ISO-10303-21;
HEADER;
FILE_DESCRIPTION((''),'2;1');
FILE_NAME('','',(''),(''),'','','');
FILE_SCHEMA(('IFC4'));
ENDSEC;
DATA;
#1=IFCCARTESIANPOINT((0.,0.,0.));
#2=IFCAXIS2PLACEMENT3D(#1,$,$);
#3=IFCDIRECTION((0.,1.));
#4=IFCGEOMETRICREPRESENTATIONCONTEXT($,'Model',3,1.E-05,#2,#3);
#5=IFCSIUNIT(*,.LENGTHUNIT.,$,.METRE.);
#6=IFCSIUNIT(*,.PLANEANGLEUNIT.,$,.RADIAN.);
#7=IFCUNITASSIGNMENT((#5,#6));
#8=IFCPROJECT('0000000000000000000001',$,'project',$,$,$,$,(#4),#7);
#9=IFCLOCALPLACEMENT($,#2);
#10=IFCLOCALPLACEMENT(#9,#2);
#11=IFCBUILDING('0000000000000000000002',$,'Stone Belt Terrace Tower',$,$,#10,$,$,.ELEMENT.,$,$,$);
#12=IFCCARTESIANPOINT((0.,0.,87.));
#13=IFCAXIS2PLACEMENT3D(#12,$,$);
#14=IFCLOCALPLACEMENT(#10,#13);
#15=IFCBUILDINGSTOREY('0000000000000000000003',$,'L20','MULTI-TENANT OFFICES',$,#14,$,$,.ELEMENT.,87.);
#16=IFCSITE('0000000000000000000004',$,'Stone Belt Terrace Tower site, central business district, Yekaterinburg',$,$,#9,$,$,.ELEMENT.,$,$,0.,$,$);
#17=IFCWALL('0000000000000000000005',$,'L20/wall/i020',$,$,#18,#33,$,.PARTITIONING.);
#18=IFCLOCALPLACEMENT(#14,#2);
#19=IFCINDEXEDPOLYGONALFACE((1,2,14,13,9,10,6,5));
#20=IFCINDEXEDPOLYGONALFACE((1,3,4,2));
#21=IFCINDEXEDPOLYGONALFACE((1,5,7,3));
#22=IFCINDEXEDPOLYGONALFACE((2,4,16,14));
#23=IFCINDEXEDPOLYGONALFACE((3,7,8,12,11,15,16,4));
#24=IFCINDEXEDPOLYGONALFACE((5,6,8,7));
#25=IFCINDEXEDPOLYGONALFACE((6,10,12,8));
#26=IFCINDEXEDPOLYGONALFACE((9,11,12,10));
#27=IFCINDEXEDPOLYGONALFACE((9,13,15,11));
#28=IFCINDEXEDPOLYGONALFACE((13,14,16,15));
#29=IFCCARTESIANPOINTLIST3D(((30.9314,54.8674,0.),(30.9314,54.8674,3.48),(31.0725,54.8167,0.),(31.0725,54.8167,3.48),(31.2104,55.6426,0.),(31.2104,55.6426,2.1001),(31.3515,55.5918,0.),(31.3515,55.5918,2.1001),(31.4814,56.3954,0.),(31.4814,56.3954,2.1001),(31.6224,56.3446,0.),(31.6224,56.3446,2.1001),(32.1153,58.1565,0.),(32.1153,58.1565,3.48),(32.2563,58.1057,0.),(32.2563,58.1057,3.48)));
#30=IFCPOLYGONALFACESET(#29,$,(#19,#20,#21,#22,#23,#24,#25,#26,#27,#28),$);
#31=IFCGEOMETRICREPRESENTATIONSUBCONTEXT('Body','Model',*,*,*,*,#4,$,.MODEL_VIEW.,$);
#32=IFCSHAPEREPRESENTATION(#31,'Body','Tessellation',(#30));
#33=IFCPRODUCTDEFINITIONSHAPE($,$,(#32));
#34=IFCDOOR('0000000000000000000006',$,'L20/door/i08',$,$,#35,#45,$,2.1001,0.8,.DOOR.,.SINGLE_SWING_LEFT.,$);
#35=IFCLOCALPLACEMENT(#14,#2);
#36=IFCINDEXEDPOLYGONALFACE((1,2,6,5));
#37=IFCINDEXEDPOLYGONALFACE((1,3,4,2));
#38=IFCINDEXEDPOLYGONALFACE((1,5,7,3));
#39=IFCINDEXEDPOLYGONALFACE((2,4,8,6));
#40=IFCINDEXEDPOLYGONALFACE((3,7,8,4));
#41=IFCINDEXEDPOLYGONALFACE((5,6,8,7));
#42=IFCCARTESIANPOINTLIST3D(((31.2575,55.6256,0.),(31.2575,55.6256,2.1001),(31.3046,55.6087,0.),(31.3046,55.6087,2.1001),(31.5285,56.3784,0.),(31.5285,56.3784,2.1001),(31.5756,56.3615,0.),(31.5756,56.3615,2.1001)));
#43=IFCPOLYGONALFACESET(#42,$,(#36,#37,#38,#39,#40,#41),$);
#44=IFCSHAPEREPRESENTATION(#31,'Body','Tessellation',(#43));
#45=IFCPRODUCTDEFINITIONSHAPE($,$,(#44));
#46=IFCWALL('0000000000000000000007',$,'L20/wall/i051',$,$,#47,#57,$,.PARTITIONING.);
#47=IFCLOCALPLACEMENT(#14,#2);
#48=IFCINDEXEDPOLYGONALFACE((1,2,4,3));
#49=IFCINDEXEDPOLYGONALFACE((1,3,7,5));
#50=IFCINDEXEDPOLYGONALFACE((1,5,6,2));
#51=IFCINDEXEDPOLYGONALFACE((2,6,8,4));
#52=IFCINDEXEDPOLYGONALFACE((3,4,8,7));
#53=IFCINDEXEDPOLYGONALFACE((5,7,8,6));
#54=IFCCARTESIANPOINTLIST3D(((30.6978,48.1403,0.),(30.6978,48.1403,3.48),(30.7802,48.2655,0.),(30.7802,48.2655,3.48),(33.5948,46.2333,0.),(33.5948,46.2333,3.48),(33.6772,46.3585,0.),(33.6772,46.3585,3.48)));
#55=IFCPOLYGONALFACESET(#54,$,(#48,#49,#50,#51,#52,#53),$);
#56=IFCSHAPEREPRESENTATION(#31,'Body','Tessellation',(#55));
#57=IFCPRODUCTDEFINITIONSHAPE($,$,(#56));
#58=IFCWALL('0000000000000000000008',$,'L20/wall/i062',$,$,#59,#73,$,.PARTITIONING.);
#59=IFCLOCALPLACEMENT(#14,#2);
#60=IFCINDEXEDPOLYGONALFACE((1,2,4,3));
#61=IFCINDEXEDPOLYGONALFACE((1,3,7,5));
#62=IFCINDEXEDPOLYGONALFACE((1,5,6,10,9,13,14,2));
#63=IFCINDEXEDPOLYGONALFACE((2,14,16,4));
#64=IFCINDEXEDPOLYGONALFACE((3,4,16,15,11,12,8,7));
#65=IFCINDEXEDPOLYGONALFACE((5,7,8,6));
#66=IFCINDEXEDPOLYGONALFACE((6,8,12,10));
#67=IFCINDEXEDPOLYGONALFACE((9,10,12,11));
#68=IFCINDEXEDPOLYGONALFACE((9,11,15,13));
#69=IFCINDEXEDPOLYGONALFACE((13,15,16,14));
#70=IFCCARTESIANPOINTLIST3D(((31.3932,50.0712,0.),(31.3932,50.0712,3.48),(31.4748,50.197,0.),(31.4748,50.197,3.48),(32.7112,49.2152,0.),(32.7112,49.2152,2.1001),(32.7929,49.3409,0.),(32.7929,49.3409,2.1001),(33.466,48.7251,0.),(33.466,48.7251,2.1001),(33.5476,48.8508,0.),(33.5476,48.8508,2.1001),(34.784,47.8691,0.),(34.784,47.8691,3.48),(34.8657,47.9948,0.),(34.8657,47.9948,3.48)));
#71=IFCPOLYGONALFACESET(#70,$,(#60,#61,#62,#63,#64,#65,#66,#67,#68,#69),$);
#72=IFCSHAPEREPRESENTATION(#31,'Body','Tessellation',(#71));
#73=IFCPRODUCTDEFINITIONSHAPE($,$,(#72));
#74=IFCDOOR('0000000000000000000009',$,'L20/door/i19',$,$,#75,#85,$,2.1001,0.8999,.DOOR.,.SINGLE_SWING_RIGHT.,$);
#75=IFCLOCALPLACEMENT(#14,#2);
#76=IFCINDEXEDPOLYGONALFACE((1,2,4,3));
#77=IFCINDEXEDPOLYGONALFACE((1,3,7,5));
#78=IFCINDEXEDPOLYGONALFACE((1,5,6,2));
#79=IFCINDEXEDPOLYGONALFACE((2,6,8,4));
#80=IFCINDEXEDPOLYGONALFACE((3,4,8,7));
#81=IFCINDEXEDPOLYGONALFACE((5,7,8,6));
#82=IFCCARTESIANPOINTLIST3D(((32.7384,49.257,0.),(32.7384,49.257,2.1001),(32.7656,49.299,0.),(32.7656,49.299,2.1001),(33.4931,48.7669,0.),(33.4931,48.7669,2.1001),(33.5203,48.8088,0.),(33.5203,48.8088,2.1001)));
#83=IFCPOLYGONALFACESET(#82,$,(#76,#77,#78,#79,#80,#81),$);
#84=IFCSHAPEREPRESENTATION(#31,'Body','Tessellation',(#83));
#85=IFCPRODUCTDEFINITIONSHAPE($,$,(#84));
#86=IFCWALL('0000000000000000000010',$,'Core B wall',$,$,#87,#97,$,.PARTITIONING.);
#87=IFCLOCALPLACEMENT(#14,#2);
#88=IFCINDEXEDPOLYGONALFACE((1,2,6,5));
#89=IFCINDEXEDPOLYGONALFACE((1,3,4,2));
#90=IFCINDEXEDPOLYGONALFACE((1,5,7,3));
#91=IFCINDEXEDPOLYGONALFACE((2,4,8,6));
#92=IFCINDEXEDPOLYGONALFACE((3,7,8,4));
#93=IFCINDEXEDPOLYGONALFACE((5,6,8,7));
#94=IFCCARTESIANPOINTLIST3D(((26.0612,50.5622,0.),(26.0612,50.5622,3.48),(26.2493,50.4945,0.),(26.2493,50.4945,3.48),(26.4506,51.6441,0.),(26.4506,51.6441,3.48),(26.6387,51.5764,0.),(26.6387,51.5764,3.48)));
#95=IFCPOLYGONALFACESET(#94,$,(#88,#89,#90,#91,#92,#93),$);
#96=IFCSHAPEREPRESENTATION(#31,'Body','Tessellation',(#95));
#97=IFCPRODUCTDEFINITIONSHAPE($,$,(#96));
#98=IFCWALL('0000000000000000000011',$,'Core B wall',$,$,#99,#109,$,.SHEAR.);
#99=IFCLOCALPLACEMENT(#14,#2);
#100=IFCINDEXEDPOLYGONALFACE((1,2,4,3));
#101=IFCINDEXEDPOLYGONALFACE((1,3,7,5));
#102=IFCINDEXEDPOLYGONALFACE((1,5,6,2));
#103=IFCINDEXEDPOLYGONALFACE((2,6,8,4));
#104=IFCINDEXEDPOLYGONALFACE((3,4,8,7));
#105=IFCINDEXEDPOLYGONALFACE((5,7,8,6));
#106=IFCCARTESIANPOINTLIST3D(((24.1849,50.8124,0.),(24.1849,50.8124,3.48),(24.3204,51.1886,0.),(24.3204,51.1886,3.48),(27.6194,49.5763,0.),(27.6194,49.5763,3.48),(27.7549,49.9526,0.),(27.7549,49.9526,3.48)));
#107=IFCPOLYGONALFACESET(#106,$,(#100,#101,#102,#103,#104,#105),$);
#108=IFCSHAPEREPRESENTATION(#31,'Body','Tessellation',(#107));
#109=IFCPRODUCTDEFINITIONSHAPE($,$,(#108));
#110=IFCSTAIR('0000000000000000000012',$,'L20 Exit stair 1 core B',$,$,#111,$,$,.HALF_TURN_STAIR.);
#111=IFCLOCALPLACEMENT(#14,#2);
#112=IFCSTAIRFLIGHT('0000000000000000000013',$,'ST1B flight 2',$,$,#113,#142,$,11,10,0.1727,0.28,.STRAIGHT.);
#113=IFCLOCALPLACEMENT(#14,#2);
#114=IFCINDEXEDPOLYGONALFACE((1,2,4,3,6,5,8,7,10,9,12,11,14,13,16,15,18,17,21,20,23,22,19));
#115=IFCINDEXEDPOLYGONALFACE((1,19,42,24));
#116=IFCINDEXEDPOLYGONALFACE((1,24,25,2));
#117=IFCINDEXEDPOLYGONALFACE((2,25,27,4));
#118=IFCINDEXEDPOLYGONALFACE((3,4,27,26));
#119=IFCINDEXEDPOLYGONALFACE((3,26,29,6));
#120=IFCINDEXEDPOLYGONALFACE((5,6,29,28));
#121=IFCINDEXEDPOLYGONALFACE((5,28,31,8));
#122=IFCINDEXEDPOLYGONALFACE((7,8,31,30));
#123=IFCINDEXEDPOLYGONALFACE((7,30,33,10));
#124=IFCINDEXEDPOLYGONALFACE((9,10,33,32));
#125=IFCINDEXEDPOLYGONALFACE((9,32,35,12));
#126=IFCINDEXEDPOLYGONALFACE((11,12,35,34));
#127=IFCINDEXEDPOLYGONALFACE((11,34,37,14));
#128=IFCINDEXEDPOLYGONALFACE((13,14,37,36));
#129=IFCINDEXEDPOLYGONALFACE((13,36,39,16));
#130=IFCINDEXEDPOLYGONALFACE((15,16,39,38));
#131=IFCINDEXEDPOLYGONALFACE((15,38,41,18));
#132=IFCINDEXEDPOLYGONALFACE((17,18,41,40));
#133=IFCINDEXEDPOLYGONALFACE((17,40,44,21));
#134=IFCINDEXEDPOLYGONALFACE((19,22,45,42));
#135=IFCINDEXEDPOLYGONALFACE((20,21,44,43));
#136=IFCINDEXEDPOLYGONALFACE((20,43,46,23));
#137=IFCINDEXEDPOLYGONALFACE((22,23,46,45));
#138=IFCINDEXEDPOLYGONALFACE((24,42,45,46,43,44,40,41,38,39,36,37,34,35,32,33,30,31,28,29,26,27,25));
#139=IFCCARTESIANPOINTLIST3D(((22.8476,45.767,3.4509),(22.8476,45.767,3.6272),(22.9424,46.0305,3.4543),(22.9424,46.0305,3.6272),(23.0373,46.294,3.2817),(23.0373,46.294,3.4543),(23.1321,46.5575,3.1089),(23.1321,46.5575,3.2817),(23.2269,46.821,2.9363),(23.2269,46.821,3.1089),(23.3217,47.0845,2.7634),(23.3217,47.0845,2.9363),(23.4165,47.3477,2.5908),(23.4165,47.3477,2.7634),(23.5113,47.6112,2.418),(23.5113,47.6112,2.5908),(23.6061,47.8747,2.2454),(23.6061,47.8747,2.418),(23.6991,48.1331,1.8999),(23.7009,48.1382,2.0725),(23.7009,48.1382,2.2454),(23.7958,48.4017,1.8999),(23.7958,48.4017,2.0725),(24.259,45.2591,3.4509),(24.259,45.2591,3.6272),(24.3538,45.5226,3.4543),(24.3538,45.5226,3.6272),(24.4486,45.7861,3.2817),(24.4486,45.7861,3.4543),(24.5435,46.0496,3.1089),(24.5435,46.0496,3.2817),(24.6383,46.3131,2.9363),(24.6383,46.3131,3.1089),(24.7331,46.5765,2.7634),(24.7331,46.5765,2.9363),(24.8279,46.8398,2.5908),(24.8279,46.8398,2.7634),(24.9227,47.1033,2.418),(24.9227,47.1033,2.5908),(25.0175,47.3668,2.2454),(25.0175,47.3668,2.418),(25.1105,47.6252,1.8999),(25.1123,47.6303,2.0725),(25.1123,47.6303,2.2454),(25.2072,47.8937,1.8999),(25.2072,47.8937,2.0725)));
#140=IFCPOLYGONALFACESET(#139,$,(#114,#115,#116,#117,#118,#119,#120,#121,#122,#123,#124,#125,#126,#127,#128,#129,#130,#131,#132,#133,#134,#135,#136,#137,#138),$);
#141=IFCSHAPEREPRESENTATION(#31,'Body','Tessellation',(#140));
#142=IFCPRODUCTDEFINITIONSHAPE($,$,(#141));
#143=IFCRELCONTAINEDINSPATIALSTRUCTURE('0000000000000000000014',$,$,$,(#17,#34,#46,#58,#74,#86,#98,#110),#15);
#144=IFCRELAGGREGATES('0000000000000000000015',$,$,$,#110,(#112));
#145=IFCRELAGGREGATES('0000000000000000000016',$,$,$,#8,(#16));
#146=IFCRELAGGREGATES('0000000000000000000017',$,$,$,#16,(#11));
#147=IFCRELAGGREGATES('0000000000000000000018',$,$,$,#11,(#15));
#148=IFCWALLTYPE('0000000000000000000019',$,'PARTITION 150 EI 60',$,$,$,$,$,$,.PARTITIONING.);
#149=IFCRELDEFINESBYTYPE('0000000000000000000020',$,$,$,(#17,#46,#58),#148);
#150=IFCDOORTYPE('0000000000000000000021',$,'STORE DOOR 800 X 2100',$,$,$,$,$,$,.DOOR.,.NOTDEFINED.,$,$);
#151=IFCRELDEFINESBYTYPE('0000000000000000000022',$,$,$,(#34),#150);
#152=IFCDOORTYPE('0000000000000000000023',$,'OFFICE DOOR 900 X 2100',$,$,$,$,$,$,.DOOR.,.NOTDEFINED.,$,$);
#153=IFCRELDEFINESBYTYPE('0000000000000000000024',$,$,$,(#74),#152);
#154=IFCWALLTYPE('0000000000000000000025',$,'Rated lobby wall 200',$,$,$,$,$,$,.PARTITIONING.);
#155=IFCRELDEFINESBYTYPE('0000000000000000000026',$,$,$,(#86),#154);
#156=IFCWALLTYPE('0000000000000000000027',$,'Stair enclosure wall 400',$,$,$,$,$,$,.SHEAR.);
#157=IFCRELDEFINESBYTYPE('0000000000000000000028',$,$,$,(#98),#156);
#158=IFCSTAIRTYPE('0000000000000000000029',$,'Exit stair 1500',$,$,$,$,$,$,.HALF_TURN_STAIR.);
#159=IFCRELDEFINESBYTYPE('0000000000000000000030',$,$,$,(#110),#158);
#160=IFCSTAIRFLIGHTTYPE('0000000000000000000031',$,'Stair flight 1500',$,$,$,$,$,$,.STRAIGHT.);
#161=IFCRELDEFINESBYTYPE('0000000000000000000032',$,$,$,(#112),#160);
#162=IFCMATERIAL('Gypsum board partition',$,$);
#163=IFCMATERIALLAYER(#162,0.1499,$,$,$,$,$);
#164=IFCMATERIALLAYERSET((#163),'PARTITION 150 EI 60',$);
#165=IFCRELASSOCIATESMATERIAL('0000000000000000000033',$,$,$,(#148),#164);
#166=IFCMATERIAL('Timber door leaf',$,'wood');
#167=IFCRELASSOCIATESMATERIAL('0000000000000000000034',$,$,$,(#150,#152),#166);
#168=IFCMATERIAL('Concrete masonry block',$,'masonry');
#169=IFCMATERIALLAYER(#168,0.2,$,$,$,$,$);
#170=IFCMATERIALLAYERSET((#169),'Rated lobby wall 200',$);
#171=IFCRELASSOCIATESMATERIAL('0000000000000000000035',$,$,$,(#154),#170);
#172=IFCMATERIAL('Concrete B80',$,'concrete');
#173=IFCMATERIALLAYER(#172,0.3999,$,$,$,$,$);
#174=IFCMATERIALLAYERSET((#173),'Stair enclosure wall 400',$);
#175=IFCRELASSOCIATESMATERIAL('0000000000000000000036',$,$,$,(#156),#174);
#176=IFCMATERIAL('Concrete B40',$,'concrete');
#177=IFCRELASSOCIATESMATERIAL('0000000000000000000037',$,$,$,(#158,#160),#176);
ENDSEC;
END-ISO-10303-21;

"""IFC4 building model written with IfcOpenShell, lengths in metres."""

from ifc_helpers import new_model, si_unit, direction, frame, frame_2d, origin, place, context, subcontext, project, spatial, polyline, rectangle, outline, extrude, material, layer, layer_set, type_object, element, fill, aggregate, save


model = new_model("IFC4")

# Units and contexts
model_context = context("Model", 3, precision=1e-05, world=origin(), true_north=direction((0.0, 1.0)))
body_context = subcontext(model_context, "Body", "Model", "MODEL_VIEW")
ifc_project = project(units=[si_unit("LENGTHUNIT", "METRE"), si_unit("PLANEANGLEUNIT", "RADIAN")], contexts=[model_context])

# Site, building, storey
site_placement = place(None, origin())
site = spatial("IfcSite", under=ifc_project, at=site_placement, Name="Stone Belt Terrace Tower site, central business district, Yekaterinburg", CompositionType="ELEMENT", RefElevation=0.0)
building_placement = place(site_placement, origin())
building = spatial("IfcBuilding", under=site, at=building_placement, Name="Stone Belt Terrace Tower", CompositionType="ELEMENT")
storey_placement = place(building_placement, frame((0.0, 0.0, 87.0)))
storey = spatial("IfcBuildingStorey", under=building, at=storey_placement, Name="L20", Description="MULTI-TENANT OFFICES", CompositionType="ELEMENT", Elevation=87.0)

# Shared definitions
ifc_material_1 = material(Name="Timber door leaf", Category="wood")

# Shared definitions
ifc_material_2 = material(Name="Concrete B80", Category="concrete")

# Wall, opening, door
ifc_material_3 = material(Name="Gypsum board partition")
ifc_layer_1 = layer(ifc_material_3, 0.1499)
ifc_layer_set_1 = layer_set([ifc_layer_1], Name="PARTITION 150 EI 60")
wall_type_1 = type_object("IfcWallType", Name="PARTITION 150 EI 60", PredefinedType="PARTITIONING", material=ifc_layer_set_1)
wall_1_placement = place(storey_placement, frame((31.002, 54.842, 0.0), z_axis=(0.0, 0.0, 1.0), x_axis=(0.338663, 0.940908, 0.0)))
wall_1 = element("IfcWall", 1, at=wall_1_placement, inside=storey, type_object=wall_type_1, Name="L20/wall/i020", PredefinedType="PARTITIONING", context=body_context, shape_type="SweptSolid", body=[
    extrude(rectangle(XDim=3.4956, YDim=0.1499, at=frame_2d((1.7478, 0.0))), origin(), (0.0, 0.0, 1.0), 3.48),
])
opening_1_placement = place(wall_1_placement, frame((0.824, 0.0, 0.0)))
opening_1 = element("IfcOpeningElement", 2, at=opening_1_placement, cuts=wall_1, PredefinedType="OPENING", context=body_context, shape_type="SweptSolid", body=[
    extrude(rectangle(XDim=0.8, YDim=2.1001, at=frame_2d((0.3999, 1.05))), frame((0.0, 0.085, 0.0), z_axis=(0.0, -1.0, 0.0), x_axis=(1.0, 0.0, 0.0)), (0.0, 0.0, 1.0), 0.1699),
])
door_type_1 = type_object("IfcDoorType", Name="STORE DOOR 800 X 2100", OperationType="NOTDEFINED", PredefinedType="DOOR", material=ifc_material_1)
door_1_placement = place(opening_1_placement, origin())
door_1 = element("IfcDoor", 3, at=door_1_placement, inside=storey, type_object=door_type_1, Name="L20/door/i08", OperationType="SINGLE_SWING_LEFT", OverallHeight=2.1001, OverallWidth=0.8, PredefinedType="DOOR", context=body_context, shape_type="SweptSolid", body=[
    extrude(rectangle(XDim=0.8, YDim=2.1001, at=frame_2d((0.3999, 1.05))), frame((0.0, 0.0249, 0.0), z_axis=(0.0, -1.0, 0.0), x_axis=(1.0, 0.0, 0.0)), (0.0, 0.0, 1.0), 0.05),
])
fill(opening_1, door_1)

# Wall
wall_2_placement = place(storey_placement, frame((30.739, 48.2029, 0.0), z_axis=(0.0, 0.0, 1.0), x_axis=(0.835274, -0.549834, 0.0)))
element("IfcWall", 4, at=wall_2_placement, inside=storey, type_object=wall_type_1, Name="L20/wall/i051", PredefinedType="PARTITIONING", context=body_context, shape_type="SweptSolid", body=[
    extrude(rectangle(XDim=3.4683, YDim=0.1499, at=frame_2d((1.7341, 0.0))), origin(), (0.0, 0.0, 1.0), 3.48),
])

# Wall, opening, door
wall_3_placement = place(storey_placement, frame((31.4341, 50.134, 0.0), z_axis=(0.0, 0.0, 1.0), x_axis=(0.83866, -0.544655, 0.0)))
wall_3 = element("IfcWall", 5, at=wall_3_placement, inside=storey, type_object=wall_type_1, Name="L20/wall/i062", PredefinedType="PARTITIONING", context=body_context, shape_type="SweptSolid", body=[
    extrude(rectangle(XDim=4.0432, YDim=0.1499, at=frame_2d((2.0215, 0.0))), origin(), (0.0, 0.0, 1.0), 3.48),
])
opening_2_placement = place(wall_3_placement, frame((1.5715, 0.0, 0.0)))
opening_2 = element("IfcOpeningElement", 6, at=opening_2_placement, cuts=wall_3, PredefinedType="OPENING", context=body_context, shape_type="SweptSolid", body=[
    extrude(rectangle(XDim=0.8999, YDim=2.1001, at=frame_2d((0.45, 1.05))), frame((0.0, 0.085, 0.0), z_axis=(0.0, -1.0, 0.0), x_axis=(1.0, 0.0, 0.0)), (0.0, 0.0, 1.0), 0.1699),
])
door_type_2 = type_object("IfcDoorType", Name="OFFICE DOOR 900 X 2100", OperationType="NOTDEFINED", PredefinedType="DOOR", material=ifc_material_1)
door_2_placement = place(opening_2_placement, origin())
door_2 = element("IfcDoor", 7, at=door_2_placement, inside=storey, type_object=door_type_2, Name="L20/door/i19", OperationType="SINGLE_SWING_RIGHT", OverallHeight=2.1001, OverallWidth=0.8999, PredefinedType="DOOR", context=body_context, shape_type="SweptSolid", body=[
    extrude(rectangle(XDim=0.8999, YDim=2.1001, at=frame_2d((0.45, 1.05))), frame((0.0, 0.0249, 0.0), z_axis=(0.0, -1.0, 0.0), x_axis=(1.0, 0.0, 0.0)), (0.0, 0.0, 1.0), 0.05),
])
fill(opening_2, door_2)

# Walls
ifc_material_4 = material(Name="Concrete masonry block", Category="masonry")
ifc_layer_2 = layer(ifc_material_4, 0.2)
ifc_layer_set_2 = layer_set([ifc_layer_2], Name="Rated lobby wall 200")
wall_type_2 = type_object("IfcWallType", Name="Rated lobby wall 200", PredefinedType="PARTITIONING", material=ifc_layer_set_2)
wall_4_placement = place(storey_placement, frame((26.1553, 50.5283, 0.0), z_axis=(0.0, 0.0, 1.0), x_axis=(0.338622, 0.940923, 0.0)))
element("IfcWall", 8, at=wall_4_placement, inside=storey, type_object=wall_type_2, Name="Core B wall", PredefinedType="PARTITIONING", context=body_context, shape_type="SweptSolid", body=[
    extrude(rectangle(XDim=1.1499, YDim=0.2, at=frame_2d((0.575, 0.0))), origin(), (0.0, 0.0, 1.0), 3.48),
])
ifc_layer_3 = layer(ifc_material_2, 0.3999)
ifc_layer_set_3 = layer_set([ifc_layer_3], Name="Stair enclosure wall 400")
wall_type_3 = type_object("IfcWallType", Name="Stair enclosure wall 400", PredefinedType="SHEAR", material=ifc_layer_set_3)
wall_5_placement = place(storey_placement, frame((27.6873, 49.7644, 0.0), z_axis=(0.0, 0.0, 1.0), x_axis=(-0.940919, 0.338632, 0.0)))
element("IfcWall", 9, at=wall_5_placement, inside=storey, type_object=wall_type_3, Name="Core B wall", PredefinedType="SHEAR", context=body_context, shape_type="SweptSolid", body=[
    extrude(rectangle(XDim=3.6501, YDim=0.3999, at=frame_2d((1.8252, 0.0))), origin(), (0.0, 0.0, 1.0), 3.48),
])

# Stair, stair flight
ifc_material_5 = material(Name="Concrete B40", Category="concrete")
stair_type = type_object("IfcStairType", Name="Exit stair 1500", PredefinedType="HALF_TURN_STAIR", material=ifc_material_5)
stair_placement = place(storey_placement, origin())
stair = element("IfcStair", 10, at=stair_placement, inside=storey, type_object=stair_type, Name="L20 Exit stair 1 core B", PredefinedType="HALF_TURN_STAIR")
stair_flight_type = type_object("IfcStairFlightType", Name="Stair flight 1500", PredefinedType="STRAIGHT", material=ifc_material_5)
stair_flight_placement = place(storey_placement, frame((24.5015, 48.1477, 1.8999), z_axis=(0.0, 0.0, 1.0), x_axis=(-0.338624, -0.940922, 0.0)))
stair_flight = element("IfcStairFlight", 11, at=stair_flight_placement, type_object=stair_flight_type, Name="ST1B flight 2", NumberOfRisers=11, NumberOfTreads=10, PredefinedType="STRAIGHT", RiserHeight=0.1727, TreadLength=0.28, context=body_context, shape_type="SweptSolid", body=[
    extrude(outline(polyline([(0.0, 0.0), (0.0, 0.1726), (0.28, 0.1726), (0.28, 0.3455), (0.5601, 0.3455), (0.5601, 0.5181), (0.8401, 0.5181), (0.8401, 0.6909), (1.1201, 0.6909), (1.1201, 0.8635), (1.3999, 0.8635), (1.3999, 1.0364), (1.6799, 1.0364), (1.6799, 1.209), (1.96, 1.209), (1.96, 1.3818), (2.24, 1.3818), (2.24, 1.5544), (2.52, 1.5544), (2.52, 1.7273), (2.8, 1.7273), (2.8, 1.8999), (2.8, 1.551), (0.2854, 0.0), (0.0, 0.0)])), frame((0.0, 0.75, 0.0), z_axis=(0.0, -1.0, 0.0), x_axis=(1.0, 0.0, 0.0)), (0.0, 0.0, 1.0), 1.5),
])
aggregate(stair, [stair_flight])

save(model, "model.ifc")
